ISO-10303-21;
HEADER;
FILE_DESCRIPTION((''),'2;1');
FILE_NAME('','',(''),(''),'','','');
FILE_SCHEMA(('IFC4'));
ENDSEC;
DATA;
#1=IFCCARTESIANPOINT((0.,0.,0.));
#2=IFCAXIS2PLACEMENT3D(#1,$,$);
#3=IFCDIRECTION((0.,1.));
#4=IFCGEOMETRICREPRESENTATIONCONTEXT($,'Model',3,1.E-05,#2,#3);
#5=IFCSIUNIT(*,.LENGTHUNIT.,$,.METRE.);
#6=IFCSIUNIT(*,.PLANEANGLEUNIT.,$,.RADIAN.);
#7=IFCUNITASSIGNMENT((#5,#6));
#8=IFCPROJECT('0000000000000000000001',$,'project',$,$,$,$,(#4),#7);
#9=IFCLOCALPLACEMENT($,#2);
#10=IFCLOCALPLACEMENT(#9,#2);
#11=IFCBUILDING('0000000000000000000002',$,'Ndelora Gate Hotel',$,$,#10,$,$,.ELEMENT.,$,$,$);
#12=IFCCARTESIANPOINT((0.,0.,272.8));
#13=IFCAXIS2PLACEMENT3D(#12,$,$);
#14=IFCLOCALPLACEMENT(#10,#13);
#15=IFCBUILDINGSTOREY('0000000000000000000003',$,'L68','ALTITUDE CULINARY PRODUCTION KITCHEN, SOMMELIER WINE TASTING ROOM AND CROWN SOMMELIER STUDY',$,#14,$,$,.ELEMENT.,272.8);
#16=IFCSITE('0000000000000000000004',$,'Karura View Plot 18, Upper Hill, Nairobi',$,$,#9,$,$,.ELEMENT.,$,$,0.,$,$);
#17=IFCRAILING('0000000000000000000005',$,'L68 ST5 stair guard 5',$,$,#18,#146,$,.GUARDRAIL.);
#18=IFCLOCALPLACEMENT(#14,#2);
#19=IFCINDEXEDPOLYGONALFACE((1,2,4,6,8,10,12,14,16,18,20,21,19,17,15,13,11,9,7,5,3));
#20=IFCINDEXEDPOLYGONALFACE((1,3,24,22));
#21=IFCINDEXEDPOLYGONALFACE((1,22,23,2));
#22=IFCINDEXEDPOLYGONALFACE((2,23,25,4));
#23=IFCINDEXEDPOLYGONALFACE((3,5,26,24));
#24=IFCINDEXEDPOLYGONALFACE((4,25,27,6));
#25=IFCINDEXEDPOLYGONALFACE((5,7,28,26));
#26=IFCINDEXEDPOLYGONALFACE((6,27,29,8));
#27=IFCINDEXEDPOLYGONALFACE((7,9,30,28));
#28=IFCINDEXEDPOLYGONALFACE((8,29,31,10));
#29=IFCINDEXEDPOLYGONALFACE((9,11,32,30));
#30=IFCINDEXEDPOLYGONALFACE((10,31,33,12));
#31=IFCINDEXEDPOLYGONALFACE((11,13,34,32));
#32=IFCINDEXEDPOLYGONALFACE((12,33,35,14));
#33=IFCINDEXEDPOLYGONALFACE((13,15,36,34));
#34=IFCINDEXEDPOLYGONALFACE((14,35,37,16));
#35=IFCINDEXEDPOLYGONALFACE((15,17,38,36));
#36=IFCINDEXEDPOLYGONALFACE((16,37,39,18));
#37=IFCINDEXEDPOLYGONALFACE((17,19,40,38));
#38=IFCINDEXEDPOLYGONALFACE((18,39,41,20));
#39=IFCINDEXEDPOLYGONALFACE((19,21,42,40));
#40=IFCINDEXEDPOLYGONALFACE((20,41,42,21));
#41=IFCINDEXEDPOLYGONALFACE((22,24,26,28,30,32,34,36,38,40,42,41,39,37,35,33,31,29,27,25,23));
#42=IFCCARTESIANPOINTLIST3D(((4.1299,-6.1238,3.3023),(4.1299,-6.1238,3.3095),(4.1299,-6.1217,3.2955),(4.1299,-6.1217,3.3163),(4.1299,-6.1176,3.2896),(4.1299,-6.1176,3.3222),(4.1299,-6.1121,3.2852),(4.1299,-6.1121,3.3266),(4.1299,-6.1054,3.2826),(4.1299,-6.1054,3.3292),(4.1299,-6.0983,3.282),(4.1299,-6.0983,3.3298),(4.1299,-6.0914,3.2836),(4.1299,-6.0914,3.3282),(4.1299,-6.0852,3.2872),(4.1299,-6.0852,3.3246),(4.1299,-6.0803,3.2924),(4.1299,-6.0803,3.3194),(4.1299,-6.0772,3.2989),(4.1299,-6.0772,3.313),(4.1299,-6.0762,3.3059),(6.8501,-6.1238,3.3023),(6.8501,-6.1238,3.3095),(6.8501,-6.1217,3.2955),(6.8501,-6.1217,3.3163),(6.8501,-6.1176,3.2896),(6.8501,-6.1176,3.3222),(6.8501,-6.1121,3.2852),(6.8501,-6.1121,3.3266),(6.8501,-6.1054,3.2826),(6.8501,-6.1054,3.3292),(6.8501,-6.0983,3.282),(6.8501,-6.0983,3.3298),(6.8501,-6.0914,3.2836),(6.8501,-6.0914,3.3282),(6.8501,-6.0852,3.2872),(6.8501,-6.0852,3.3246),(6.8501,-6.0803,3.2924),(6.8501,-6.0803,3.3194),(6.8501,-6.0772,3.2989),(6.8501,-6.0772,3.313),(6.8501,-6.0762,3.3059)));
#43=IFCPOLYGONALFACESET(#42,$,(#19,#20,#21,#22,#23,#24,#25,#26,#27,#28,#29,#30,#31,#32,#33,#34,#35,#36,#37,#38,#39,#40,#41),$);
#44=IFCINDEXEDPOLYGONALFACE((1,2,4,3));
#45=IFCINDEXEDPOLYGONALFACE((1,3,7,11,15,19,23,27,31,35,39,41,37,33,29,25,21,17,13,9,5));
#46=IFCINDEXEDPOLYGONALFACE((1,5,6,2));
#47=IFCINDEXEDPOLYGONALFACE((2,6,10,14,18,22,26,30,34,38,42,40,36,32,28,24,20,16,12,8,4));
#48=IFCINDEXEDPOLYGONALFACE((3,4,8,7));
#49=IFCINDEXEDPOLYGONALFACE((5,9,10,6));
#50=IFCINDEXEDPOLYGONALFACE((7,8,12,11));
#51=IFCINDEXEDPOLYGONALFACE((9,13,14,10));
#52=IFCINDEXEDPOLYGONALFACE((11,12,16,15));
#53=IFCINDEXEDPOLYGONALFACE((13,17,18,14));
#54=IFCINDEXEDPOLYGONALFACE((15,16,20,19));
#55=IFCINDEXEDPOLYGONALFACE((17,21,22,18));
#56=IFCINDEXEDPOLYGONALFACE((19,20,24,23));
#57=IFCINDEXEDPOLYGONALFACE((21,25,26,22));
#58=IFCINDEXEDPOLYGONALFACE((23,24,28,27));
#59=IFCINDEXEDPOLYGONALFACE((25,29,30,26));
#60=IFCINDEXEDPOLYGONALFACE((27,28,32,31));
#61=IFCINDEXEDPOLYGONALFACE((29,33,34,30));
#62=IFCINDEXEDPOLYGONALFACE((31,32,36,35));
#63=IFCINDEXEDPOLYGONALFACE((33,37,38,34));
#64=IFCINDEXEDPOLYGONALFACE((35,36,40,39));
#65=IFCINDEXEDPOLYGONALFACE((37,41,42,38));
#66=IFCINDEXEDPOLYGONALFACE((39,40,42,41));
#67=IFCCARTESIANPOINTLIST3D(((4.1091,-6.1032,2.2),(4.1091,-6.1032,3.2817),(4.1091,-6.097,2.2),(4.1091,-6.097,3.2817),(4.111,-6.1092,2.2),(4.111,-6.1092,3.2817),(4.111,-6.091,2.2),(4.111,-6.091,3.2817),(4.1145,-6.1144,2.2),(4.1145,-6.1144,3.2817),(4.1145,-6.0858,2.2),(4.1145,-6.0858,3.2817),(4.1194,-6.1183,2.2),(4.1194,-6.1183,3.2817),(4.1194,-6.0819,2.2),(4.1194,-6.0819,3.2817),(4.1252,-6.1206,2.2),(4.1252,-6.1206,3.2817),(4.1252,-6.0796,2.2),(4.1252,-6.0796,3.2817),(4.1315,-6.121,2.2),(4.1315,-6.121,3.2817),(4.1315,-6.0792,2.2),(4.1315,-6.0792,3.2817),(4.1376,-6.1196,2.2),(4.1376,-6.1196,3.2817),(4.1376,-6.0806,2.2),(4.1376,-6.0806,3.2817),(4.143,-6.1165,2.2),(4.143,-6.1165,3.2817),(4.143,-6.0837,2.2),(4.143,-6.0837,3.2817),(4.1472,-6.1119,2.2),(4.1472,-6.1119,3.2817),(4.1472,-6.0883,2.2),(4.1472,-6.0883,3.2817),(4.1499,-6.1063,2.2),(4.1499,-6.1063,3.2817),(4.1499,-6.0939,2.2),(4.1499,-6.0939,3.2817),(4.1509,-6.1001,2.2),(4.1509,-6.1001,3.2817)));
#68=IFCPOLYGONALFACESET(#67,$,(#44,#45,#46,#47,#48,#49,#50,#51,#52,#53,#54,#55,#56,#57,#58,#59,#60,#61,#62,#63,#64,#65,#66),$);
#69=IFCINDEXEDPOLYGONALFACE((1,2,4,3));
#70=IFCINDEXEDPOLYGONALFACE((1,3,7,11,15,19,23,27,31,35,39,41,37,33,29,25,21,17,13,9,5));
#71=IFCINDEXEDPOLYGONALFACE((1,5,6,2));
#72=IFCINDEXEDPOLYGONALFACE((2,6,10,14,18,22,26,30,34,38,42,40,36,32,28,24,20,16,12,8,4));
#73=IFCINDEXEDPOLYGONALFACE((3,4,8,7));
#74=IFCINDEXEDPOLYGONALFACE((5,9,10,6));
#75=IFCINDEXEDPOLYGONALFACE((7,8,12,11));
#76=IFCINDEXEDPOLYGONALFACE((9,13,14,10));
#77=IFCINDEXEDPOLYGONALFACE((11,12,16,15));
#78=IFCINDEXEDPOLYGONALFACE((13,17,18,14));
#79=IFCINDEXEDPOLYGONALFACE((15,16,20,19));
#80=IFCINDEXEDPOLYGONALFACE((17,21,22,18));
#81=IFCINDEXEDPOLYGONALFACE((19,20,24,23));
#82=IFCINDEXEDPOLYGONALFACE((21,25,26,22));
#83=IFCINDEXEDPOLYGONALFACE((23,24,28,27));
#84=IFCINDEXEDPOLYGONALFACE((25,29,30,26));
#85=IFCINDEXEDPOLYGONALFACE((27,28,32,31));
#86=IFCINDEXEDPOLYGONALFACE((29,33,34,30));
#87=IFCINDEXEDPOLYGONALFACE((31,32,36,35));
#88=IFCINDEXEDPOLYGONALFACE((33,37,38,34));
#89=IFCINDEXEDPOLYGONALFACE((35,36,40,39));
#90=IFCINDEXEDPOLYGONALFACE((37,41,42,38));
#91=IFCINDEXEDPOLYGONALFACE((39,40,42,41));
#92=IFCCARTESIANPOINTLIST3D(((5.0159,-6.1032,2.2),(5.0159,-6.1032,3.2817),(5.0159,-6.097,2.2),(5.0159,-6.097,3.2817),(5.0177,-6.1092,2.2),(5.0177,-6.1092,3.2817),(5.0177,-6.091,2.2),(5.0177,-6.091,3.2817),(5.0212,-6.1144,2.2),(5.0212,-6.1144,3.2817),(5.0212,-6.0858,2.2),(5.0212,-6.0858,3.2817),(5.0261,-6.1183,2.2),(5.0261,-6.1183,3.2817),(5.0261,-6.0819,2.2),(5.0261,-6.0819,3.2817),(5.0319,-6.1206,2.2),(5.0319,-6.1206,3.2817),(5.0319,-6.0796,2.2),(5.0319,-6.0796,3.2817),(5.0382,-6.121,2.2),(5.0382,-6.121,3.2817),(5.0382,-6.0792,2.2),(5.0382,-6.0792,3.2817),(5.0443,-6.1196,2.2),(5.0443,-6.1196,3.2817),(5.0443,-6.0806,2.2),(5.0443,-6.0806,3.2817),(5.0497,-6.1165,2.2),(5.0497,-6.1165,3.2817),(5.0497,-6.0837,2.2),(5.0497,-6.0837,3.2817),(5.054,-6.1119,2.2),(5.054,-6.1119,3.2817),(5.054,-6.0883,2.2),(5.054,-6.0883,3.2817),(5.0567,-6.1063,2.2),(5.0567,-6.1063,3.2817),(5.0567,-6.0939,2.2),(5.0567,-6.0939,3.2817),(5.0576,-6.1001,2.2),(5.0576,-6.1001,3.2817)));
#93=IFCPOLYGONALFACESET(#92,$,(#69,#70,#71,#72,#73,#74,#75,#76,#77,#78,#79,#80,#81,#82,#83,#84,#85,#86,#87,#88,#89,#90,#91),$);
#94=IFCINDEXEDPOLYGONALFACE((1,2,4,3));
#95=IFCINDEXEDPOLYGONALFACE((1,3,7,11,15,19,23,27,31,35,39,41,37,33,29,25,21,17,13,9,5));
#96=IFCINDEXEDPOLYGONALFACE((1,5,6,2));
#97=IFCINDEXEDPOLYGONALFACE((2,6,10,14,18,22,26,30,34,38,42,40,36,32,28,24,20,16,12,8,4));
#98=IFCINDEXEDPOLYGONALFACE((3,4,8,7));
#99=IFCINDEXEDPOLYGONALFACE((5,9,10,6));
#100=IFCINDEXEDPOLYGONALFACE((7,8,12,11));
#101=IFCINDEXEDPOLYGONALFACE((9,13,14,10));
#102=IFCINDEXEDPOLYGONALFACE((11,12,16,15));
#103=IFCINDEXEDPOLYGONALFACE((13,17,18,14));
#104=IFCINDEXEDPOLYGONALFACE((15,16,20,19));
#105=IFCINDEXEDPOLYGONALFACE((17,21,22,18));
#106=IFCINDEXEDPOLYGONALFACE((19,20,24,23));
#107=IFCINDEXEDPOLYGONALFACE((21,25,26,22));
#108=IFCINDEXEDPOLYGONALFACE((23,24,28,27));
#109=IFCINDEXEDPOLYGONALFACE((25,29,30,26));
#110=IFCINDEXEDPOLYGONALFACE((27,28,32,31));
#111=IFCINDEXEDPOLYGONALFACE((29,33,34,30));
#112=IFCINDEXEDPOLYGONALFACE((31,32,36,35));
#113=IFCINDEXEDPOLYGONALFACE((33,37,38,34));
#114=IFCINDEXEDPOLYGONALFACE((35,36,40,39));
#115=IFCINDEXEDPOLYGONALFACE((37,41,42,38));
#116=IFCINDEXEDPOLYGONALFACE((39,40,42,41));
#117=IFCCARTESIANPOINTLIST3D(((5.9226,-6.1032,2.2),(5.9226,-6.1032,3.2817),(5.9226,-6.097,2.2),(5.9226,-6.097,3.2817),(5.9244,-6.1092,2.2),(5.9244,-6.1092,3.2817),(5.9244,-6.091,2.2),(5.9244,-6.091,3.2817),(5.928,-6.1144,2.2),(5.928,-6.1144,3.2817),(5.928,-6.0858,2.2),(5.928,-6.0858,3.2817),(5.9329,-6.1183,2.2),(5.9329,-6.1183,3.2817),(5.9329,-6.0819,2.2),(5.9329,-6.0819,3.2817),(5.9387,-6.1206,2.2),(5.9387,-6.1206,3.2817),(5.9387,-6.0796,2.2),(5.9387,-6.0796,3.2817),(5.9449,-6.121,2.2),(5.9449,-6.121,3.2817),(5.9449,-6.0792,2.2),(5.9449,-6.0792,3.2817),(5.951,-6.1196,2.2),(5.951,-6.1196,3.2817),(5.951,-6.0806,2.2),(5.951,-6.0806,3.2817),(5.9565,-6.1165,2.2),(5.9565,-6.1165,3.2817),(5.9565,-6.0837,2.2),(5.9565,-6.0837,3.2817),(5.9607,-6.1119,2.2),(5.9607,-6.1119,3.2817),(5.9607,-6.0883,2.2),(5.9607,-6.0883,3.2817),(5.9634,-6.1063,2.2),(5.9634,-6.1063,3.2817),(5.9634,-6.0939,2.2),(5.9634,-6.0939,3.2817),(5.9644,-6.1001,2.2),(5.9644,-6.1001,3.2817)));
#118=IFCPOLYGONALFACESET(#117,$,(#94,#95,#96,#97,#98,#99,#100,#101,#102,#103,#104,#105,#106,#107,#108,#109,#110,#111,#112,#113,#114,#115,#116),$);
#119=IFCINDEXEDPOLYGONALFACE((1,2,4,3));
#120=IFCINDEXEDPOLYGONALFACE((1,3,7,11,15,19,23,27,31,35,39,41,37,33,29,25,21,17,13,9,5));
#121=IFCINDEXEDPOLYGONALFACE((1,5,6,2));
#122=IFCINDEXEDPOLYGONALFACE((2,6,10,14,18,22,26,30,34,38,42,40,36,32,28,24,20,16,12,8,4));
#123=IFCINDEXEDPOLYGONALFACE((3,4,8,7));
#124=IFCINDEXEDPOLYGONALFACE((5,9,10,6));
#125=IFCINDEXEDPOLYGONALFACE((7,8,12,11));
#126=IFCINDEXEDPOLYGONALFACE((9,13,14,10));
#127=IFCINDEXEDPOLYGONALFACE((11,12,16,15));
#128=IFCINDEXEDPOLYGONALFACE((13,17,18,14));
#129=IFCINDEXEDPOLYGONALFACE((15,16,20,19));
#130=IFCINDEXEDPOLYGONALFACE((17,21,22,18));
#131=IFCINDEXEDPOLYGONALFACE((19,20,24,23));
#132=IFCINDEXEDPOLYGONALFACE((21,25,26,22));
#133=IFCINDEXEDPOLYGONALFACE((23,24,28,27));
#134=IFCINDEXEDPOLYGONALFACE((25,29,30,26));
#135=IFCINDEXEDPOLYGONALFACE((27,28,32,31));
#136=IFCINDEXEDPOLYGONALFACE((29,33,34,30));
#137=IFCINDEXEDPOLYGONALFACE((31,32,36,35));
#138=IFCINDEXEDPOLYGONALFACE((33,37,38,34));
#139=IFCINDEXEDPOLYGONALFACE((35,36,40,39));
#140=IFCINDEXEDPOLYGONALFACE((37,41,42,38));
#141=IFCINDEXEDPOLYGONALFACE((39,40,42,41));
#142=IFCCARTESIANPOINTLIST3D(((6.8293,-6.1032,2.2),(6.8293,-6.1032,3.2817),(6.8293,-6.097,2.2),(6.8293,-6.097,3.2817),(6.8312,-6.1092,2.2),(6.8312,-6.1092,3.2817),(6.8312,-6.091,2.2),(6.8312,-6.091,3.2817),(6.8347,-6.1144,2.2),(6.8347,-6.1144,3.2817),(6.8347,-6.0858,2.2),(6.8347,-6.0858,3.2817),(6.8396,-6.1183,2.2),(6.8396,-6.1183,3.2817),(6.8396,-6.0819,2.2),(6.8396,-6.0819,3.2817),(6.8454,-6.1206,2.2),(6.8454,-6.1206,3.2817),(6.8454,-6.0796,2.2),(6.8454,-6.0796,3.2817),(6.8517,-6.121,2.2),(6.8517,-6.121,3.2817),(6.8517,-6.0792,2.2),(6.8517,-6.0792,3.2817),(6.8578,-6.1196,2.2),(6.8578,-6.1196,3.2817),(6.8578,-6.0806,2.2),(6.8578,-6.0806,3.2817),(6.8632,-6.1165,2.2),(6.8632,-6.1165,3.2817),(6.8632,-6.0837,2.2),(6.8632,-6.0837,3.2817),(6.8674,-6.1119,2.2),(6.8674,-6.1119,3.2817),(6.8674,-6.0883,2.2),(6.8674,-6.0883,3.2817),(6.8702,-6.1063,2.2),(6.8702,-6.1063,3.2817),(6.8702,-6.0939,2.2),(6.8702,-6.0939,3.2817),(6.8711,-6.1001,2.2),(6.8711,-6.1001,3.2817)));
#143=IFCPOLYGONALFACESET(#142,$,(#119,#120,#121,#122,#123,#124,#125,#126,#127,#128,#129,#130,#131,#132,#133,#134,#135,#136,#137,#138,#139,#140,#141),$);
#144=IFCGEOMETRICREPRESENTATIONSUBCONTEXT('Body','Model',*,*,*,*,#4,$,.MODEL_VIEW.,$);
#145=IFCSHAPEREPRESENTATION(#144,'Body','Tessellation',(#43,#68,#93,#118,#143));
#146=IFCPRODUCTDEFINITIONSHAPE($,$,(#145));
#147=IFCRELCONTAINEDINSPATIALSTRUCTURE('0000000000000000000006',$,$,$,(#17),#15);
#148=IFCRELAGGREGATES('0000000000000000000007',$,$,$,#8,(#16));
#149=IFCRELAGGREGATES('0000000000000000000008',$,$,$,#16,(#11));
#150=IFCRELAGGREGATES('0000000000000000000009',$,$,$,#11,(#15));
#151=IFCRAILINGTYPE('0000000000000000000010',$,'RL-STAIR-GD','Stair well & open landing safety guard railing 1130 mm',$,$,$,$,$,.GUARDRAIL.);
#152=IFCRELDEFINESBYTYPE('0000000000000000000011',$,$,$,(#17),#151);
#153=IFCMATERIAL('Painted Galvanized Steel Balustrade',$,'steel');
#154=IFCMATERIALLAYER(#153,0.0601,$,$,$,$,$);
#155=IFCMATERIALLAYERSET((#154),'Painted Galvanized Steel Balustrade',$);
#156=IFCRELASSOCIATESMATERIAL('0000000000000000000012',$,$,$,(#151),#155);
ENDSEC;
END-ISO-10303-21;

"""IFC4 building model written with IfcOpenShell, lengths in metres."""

from ifc_helpers import new_model, si_unit, direction, frame, origin, origin_2d, place, context, subcontext, project, spatial, circle, extrude, material, layer, layer_set, type_object, element, save


model = new_model("IFC4")

# Units and contexts
model_context = context("Model", 3, precision=1e-05, world=origin(), true_north=direction((0.0, 1.0)))
body_context = subcontext(model_context, "Body", "Model", "MODEL_VIEW")
ifc_project = project(units=[si_unit("LENGTHUNIT", "METRE"), si_unit("PLANEANGLEUNIT", "RADIAN")], contexts=[model_context])

# Site, building, storey
site_placement = place(None, origin())
site = spatial("IfcSite", under=ifc_project, at=site_placement, Name="Karura View Plot 18, Upper Hill, Nairobi", CompositionType="ELEMENT", RefElevation=0.0)
building_placement = place(site_placement, origin())
building = spatial("IfcBuilding", under=site, at=building_placement, Name="Ndelora Gate Hotel", CompositionType="ELEMENT")
storey_placement = place(building_placement, frame((0.0, 0.0, 272.8)))
storey = spatial("IfcBuildingStorey", under=building, at=storey_placement, Name="L68", Description="ALTITUDE CULINARY PRODUCTION KITCHEN, SOMMELIER WINE TASTING ROOM AND CROWN SOMMELIER STUDY", CompositionType="ELEMENT", Elevation=272.8)

# Railing
ifc_material_1 = material(Name="Painted Galvanized Steel Balustrade", Category="steel")
ifc_layer_1 = layer(ifc_material_1, 0.0601)
ifc_layer_set_1 = layer_set([ifc_layer_1], Name="Painted Galvanized Steel Balustrade")
railing_type_1 = type_object("IfcRailingType", Name="RL-STAIR-GD", Description="Stair well & open landing safety guard railing 1130 mm", PredefinedType="GUARDRAIL", material=ifc_layer_set_1)
railing_1_placement = place(storey_placement, frame((4.1299, -6.1001, 2.2)))
element("IfcRailing", 1, at=railing_1_placement, inside=storey, type_object=railing_type_1, Name="L68 ST5 stair guard 5", PredefinedType="GUARDRAIL", context=body_context, shape_type="SweptSolid", body=[
    extrude(circle(Radius=0.0239, at=origin_2d()), frame((0.0, 0.0, 1.106), z_axis=(1.0, 0.0, 0.0), x_axis=(0.0, 1.0, 0.0)), (0.0, 0.0, 1.0), 2.7202),
    extrude(circle(Radius=0.021, at=origin_2d()), origin(), (0.0, 0.0, 1.0), 1.0818),
    extrude(circle(Radius=0.021, at=origin_2d()), frame((0.9067, 0.0, 0.0)), (0.0, 0.0, 1.0), 1.0818),
    extrude(circle(Radius=0.021, at=origin_2d()), frame((1.8135, 0.0, 0.0)), (0.0, 0.0, 1.0), 1.0818),
    extrude(circle(Radius=0.021, at=origin_2d()), frame((2.7202, 0.0, 0.0)), (0.0, 0.0, 1.0), 1.0818),
])

save(model, "model.ifc")
